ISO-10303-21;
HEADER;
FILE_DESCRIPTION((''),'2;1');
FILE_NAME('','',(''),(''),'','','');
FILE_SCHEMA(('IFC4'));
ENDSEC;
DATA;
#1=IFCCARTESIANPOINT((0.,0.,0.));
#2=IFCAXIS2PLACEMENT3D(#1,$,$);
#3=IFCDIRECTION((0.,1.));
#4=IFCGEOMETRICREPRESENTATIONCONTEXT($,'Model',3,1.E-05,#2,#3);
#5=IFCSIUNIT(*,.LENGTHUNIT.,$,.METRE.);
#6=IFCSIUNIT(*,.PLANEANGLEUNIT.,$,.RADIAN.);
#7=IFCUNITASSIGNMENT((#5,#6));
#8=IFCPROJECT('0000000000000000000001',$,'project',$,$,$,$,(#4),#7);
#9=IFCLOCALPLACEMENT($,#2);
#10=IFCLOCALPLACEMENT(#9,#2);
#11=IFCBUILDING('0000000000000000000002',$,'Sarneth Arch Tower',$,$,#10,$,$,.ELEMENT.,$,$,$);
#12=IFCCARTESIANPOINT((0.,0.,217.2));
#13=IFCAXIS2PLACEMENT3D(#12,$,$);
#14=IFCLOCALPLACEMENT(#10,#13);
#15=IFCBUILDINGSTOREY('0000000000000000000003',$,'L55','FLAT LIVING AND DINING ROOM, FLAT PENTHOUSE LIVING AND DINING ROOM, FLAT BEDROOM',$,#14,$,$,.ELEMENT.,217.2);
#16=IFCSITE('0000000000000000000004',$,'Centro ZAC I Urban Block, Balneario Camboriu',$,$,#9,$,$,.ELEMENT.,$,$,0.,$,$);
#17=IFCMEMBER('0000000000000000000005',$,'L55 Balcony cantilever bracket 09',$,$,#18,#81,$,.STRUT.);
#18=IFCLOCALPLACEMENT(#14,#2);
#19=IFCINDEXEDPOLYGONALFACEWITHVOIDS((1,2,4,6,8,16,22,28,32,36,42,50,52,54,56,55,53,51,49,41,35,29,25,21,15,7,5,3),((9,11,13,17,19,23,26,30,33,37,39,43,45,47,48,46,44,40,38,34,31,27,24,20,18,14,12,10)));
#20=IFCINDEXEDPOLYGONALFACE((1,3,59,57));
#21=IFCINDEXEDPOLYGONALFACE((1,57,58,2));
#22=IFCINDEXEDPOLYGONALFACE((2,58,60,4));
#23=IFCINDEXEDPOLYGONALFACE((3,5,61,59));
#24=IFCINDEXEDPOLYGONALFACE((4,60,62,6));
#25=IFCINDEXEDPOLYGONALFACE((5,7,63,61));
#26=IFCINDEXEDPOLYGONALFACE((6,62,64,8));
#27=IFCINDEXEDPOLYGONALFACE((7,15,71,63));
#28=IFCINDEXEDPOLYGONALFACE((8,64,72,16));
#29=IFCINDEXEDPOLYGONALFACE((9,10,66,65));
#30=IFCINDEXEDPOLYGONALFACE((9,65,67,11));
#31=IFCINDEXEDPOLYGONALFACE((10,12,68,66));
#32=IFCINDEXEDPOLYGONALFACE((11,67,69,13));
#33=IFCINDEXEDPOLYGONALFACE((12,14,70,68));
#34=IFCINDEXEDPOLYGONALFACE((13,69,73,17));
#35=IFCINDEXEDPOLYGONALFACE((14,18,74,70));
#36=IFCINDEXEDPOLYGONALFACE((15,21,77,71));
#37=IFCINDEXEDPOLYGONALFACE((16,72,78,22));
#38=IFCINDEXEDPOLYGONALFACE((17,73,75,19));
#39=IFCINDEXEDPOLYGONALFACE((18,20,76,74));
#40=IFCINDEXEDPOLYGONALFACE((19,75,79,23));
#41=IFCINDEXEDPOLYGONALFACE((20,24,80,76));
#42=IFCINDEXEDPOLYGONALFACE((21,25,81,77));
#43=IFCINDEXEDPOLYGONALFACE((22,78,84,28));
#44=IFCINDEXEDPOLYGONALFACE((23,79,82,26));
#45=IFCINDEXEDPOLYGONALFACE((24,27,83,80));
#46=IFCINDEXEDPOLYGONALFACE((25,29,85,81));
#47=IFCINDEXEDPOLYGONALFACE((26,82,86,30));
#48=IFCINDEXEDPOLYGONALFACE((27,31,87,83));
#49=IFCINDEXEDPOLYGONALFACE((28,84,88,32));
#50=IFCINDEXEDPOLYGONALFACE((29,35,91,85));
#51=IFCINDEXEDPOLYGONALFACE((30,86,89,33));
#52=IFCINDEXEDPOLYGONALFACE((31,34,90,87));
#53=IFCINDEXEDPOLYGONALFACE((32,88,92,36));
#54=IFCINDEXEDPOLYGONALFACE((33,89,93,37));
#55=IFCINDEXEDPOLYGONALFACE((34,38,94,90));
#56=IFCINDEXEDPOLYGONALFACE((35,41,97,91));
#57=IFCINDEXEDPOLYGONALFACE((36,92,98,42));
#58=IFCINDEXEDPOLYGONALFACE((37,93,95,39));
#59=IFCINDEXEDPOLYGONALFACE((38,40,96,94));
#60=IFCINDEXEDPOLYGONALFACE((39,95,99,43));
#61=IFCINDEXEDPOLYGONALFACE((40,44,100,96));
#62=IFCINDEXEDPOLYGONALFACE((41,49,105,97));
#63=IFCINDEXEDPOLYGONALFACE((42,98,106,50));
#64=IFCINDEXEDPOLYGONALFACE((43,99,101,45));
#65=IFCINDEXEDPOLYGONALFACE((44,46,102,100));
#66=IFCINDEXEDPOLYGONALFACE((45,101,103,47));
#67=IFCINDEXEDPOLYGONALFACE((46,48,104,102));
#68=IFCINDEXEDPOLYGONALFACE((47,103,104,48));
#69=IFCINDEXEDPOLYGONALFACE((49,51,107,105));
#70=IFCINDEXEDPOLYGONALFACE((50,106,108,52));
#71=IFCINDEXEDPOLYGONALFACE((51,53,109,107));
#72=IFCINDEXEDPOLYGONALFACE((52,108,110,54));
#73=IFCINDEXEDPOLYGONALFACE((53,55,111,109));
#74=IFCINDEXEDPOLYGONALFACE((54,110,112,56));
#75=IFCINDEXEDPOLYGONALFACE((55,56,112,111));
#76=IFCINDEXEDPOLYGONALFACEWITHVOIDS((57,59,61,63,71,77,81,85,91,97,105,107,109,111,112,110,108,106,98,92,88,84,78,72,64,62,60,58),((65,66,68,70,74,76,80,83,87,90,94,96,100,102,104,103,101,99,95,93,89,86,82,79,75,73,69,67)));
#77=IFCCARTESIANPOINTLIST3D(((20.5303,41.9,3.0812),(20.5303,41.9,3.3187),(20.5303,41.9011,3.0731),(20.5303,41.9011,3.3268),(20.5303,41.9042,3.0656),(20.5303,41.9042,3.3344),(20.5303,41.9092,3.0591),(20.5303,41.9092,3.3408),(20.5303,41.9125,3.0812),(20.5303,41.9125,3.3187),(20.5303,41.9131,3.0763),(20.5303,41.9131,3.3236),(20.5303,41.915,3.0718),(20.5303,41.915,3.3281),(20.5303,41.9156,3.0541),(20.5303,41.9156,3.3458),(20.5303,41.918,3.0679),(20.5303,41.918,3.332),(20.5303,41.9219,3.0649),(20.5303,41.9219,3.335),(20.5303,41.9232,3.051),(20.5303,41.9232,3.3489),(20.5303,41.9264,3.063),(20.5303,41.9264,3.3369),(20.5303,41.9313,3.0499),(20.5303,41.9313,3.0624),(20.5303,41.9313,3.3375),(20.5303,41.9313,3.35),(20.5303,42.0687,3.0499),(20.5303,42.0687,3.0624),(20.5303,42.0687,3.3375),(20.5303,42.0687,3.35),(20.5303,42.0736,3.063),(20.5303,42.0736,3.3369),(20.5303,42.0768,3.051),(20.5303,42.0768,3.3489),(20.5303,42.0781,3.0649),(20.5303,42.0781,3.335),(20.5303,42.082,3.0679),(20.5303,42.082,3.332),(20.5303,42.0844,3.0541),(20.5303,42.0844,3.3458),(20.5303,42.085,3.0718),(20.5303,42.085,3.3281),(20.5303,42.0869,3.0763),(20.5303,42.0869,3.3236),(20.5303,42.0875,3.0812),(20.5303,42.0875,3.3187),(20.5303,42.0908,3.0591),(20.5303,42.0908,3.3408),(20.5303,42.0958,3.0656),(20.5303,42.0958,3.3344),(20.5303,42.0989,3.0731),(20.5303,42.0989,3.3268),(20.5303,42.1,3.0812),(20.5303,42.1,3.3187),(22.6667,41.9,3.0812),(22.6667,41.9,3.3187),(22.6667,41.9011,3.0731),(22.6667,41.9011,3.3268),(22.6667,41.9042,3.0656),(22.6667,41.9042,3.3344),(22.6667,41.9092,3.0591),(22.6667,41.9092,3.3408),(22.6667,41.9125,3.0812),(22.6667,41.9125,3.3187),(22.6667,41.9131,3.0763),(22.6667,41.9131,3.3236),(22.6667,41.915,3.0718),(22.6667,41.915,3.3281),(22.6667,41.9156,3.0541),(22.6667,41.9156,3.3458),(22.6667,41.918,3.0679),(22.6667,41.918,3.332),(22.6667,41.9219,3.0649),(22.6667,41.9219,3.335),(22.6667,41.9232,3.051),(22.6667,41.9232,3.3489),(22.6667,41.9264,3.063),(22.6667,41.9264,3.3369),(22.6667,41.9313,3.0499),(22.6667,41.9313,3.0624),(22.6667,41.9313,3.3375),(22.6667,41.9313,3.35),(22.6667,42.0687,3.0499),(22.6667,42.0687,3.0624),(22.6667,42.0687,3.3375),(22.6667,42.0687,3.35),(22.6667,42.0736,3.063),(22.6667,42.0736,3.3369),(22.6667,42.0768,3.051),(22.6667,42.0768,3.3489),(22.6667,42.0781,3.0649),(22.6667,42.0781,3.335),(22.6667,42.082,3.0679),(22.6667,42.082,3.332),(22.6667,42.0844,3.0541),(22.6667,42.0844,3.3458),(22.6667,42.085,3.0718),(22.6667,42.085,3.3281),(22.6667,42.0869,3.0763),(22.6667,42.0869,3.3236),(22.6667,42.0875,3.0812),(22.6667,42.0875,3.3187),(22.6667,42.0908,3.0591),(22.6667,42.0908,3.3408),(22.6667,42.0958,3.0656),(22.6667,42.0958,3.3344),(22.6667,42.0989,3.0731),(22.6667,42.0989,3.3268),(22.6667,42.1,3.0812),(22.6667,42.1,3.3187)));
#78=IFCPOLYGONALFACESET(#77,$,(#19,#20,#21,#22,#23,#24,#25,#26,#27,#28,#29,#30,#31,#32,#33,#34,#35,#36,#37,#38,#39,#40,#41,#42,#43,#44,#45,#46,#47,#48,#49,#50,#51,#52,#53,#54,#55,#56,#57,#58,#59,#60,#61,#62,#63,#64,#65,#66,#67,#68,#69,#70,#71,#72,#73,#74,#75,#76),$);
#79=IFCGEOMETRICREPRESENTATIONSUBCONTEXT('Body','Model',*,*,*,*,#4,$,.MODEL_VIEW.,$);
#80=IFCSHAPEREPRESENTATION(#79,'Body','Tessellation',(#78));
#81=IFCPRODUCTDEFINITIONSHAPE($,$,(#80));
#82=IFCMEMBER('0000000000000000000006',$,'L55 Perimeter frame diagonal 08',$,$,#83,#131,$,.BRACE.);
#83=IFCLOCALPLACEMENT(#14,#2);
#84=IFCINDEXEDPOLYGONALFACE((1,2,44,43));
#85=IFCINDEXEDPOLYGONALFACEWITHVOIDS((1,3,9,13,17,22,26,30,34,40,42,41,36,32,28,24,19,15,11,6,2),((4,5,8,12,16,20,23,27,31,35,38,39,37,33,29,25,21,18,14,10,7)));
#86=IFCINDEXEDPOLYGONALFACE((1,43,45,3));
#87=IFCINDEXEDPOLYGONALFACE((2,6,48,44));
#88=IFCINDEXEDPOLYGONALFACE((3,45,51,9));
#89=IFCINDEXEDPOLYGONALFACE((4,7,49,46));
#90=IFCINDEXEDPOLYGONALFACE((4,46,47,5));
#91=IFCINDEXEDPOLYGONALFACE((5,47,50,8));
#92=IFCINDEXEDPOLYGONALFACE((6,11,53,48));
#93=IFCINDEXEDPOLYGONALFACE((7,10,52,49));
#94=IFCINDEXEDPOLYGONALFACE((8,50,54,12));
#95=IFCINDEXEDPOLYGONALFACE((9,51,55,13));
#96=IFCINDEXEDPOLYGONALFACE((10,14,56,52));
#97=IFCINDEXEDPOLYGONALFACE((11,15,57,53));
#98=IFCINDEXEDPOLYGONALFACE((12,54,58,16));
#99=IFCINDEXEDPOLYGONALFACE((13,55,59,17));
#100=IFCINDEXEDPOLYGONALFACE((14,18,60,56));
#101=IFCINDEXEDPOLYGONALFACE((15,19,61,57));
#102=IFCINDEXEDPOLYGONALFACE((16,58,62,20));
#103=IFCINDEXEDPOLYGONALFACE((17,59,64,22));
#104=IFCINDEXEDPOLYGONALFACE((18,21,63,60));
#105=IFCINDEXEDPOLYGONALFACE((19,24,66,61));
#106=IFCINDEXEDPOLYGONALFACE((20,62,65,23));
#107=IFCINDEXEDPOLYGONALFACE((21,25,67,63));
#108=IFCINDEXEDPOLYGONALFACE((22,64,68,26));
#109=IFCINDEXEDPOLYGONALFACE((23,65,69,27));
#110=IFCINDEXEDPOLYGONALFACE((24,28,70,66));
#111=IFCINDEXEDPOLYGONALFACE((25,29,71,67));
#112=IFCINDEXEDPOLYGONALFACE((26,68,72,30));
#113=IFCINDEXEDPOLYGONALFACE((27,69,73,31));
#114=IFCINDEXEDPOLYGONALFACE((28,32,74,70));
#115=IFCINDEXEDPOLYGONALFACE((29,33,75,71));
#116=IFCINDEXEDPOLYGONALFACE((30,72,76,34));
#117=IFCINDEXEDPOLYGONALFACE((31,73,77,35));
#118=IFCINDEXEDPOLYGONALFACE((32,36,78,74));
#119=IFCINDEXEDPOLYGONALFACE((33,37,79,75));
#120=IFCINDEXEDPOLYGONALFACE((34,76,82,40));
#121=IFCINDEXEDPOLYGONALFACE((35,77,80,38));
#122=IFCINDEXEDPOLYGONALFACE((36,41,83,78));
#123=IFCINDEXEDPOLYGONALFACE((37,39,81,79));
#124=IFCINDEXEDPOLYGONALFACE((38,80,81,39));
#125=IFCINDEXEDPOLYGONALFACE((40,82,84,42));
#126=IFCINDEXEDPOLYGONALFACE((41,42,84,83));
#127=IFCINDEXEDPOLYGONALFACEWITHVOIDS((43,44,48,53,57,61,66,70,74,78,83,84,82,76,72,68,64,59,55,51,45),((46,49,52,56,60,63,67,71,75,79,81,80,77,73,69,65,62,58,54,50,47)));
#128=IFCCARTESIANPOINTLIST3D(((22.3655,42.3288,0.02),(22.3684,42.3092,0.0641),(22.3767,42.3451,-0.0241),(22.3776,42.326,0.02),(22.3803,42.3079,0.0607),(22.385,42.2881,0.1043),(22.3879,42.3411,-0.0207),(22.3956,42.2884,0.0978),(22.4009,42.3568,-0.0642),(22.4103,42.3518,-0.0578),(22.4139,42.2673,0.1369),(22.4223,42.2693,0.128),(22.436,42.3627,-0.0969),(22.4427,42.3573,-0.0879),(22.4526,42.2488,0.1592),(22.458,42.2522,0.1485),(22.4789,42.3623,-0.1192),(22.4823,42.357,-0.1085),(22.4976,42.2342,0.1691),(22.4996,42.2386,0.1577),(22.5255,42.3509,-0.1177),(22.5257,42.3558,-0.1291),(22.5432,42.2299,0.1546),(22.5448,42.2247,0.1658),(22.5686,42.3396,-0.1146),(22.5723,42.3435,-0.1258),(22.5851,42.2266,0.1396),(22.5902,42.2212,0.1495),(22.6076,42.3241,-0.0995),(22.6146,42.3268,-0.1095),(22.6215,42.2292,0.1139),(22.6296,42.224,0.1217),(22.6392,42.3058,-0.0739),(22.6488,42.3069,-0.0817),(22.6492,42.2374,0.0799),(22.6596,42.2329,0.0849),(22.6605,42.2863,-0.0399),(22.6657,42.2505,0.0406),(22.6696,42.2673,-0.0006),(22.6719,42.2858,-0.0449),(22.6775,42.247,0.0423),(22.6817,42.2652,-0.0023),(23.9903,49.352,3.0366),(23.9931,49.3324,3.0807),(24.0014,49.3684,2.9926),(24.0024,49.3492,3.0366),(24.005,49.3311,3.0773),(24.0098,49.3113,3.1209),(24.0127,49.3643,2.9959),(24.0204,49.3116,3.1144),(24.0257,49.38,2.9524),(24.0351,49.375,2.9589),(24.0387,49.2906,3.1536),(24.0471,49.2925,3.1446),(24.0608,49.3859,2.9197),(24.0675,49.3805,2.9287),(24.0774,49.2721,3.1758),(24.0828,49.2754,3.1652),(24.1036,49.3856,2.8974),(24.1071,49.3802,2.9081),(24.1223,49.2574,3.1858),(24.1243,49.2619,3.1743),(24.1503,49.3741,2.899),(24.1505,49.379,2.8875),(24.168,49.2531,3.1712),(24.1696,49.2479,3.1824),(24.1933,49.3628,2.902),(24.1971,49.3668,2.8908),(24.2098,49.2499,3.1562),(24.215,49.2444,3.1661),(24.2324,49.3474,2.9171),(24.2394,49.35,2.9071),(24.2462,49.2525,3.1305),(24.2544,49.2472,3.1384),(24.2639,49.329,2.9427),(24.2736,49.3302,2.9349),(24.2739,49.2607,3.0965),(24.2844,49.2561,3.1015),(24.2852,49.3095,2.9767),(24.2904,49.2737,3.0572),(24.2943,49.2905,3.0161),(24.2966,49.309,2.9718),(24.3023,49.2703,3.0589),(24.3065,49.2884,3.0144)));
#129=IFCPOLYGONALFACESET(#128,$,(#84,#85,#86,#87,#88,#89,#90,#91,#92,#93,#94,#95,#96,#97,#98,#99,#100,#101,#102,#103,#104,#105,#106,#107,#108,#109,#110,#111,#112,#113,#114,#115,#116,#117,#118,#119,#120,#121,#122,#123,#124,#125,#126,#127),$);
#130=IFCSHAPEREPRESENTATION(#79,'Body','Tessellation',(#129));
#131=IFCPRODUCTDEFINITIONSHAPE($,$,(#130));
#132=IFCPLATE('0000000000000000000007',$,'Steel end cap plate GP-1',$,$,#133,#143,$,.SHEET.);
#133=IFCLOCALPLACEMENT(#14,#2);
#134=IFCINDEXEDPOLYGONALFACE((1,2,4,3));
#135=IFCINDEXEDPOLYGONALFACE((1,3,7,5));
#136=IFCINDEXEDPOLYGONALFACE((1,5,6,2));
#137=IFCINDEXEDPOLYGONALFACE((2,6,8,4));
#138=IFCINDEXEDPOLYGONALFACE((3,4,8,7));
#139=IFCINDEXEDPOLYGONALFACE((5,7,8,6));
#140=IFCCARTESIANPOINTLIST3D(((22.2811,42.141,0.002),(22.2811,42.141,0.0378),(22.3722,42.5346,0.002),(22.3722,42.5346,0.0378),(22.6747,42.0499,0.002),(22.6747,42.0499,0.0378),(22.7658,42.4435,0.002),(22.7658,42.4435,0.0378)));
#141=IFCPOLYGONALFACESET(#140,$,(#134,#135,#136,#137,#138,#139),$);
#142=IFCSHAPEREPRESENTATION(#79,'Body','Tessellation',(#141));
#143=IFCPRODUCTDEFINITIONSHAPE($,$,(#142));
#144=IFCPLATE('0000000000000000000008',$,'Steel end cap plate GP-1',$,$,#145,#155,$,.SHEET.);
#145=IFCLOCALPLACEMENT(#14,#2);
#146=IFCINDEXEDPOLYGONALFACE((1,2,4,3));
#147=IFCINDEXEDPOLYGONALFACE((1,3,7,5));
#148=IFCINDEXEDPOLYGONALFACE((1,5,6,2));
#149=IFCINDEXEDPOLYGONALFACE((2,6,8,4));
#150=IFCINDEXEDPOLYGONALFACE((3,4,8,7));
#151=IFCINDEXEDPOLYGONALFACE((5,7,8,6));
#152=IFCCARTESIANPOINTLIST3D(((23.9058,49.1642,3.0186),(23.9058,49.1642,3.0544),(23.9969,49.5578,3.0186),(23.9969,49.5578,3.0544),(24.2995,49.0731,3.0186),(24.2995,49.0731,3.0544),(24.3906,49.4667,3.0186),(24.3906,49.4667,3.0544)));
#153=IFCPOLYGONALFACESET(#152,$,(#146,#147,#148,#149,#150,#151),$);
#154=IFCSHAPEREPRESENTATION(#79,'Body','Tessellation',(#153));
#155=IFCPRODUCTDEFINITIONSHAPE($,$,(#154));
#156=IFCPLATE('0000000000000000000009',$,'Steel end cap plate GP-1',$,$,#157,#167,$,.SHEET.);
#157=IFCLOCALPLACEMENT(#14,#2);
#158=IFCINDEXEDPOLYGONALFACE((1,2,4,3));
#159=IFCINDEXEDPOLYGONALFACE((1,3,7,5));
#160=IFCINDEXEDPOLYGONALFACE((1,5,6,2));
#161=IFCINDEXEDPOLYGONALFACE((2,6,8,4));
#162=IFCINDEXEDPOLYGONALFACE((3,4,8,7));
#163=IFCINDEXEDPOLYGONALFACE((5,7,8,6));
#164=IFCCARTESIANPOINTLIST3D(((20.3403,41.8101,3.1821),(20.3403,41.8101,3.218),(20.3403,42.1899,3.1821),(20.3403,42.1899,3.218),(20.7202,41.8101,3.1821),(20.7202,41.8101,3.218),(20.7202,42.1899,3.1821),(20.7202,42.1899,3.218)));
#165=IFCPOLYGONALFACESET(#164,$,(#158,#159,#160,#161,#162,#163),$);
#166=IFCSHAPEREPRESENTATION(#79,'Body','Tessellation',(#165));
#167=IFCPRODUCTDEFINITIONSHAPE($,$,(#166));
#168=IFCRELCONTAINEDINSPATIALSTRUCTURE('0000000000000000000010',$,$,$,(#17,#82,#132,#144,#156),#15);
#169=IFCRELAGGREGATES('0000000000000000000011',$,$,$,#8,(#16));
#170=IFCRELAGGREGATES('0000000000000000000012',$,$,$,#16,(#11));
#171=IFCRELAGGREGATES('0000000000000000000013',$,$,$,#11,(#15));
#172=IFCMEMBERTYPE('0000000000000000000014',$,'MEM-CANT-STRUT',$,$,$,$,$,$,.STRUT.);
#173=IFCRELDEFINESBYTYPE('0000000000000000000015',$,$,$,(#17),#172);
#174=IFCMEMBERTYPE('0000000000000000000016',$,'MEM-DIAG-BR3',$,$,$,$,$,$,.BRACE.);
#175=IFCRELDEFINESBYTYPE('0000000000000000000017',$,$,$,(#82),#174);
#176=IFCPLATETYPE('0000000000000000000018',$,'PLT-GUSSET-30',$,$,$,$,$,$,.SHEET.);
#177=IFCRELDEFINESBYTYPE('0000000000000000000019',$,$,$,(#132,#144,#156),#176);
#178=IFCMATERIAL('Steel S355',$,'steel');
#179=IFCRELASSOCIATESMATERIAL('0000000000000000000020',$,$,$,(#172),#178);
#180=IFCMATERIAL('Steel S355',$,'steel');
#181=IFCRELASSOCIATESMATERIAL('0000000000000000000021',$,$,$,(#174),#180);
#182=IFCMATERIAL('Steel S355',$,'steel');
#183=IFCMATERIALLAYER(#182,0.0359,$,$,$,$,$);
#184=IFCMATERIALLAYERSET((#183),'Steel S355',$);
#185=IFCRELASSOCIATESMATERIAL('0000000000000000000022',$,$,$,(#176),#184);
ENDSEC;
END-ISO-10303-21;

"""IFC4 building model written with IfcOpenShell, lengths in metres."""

from ifc_helpers import new_model, si_unit, direction, frame, origin, origin_2d, place, context, subcontext, project, spatial, rectangle, hollow_rectangle, hollow_circle, extrude, material, layer, layer_set, material_profile, profile_set, type_object, element, save


model = new_model("IFC4")

# Units and contexts
model_context = context("Model", 3, precision=1e-05, world=origin(), true_north=direction((0.0, 1.0)))
body_context = subcontext(model_context, "Body", "Model", "MODEL_VIEW")
ifc_project = project(units=[si_unit("LENGTHUNIT", "METRE"), si_unit("PLANEANGLEUNIT", "RADIAN")], contexts=[model_context])

# Site, building, storey
site_placement = place(None, origin())
site = spatial("IfcSite", under=ifc_project, at=site_placement, Name="Centro ZAC I Urban Block, Balneario Camboriu", CompositionType="ELEMENT", RefElevation=0.0)
building_placement = place(site_placement, origin())
building = spatial("IfcBuilding", under=site, at=building_placement, Name="Sarneth Arch Tower", CompositionType="ELEMENT")
storey_placement = place(building_placement, frame((0.0, 0.0, 217.2)))
storey = spatial("IfcBuildingStorey", under=building, at=storey_placement, Name="L55", Description="FLAT LIVING AND DINING ROOM, FLAT PENTHOUSE LIVING AND DINING ROOM, FLAT BEDROOM", CompositionType="ELEMENT", Elevation=217.2)

# Members
ifc_material_1 = material(Name="Steel S355", Category="steel")
ifc_material_profile_1 = material_profile(ifc_material_1, hollow_rectangle(XDim=0.2, YDim=0.3, WallThickness=0.0125, InnerFilletRadius=0.0188, OuterFilletRadius=0.0312, at=origin_2d()), Name="RHS300x200x12.5")
ifc_profile_set_1 = profile_set([ifc_material_profile_1], Name="Steel S355")
member_type_1 = type_object("IfcMemberType", Name="MEM-CANT-STRUT", PredefinedType="STRUT", material=ifc_profile_set_1)
member_1_placement = place(storey_placement, frame((22.6667, 42.0, 3.2), z_axis=(-1.0, 0.0, 0.0), x_axis=(0.0, -1.0, 0.0)))
element("IfcMember", 1, at=member_1_placement, inside=storey, type_object=member_type_1, Name="L55 Balcony cantilever bracket 09", PredefinedType="STRUT", context=body_context, shape_type="SweptSolid", body=[
    extrude(hollow_rectangle(XDim=0.2, YDim=0.3, WallThickness=0.0125, InnerFilletRadius=0.0188, OuterFilletRadius=0.0312, at=origin_2d()), origin(), (0.0, 0.0, 1.0), 2.1365),
])
ifc_material_2 = material(Name="Steel S355", Category="steel")
ifc_material_profile_2 = material_profile(ifc_material_2, hollow_circle(Radius=0.1621, WallThickness=0.0125, at=origin_2d()), Name="CHS324x12.5")
ifc_profile_set_2 = profile_set([ifc_material_profile_2], Name="Steel S355")
member_type_2 = type_object("IfcMemberType", Name="MEM-DIAG-BR3", PredefinedType="BRACE", material=ifc_profile_set_2)
member_2_placement = place(storey_placement, frame((22.5234, 42.2922, 0.02), z_axis=(0.207918, 0.898749, 0.386031), x_axis=(-0.974269, 0.225389, 0.0)))
element("IfcMember", 2, at=member_2_placement, inside=storey, type_object=member_type_2, Name="L55 Perimeter frame diagonal 08", PredefinedType="BRACE", context=body_context, shape_type="SweptSolid", body=[
    extrude(hollow_circle(Radius=0.1621, WallThickness=0.0125, at=origin_2d()), origin(), (0.0, 0.0, 1.0), 7.8145),
])

# Plates
ifc_material_3 = material(Name="Steel S355", Category="steel")
ifc_layer_1 = layer(ifc_material_3, 0.0359)
ifc_layer_set_1 = layer_set([ifc_layer_1], Name="Steel S355")
plate_type = type_object("IfcPlateType", Name="PLT-GUSSET-30", PredefinedType="SHEET", material=ifc_layer_set_1)
for number, where, z_axis, x_axis, name in (
    (3, (22.5234, 42.2922, 0.002), (0.0, 0.0, 1.0), (-0.225461, -0.974252, 0.0), "Steel end cap plate GP-1"),
    (4, (24.1482, 49.3154, 3.0186), (0.0, 0.0, 1.0), (-0.225461, -0.974252, 0.0), "Steel end cap plate GP-1"),
):
    element("IfcPlate", number, at=place(storey_placement, frame(where, z_axis=z_axis, x_axis=x_axis)), inside=storey, type_object=plate_type, Name=name, PredefinedType="SHEET", context=body_context, shape_type="SweptSolid", body=[
        extrude(rectangle(XDim=0.4041, YDim=0.4041, at=origin_2d()), origin(), (0.0, 0.0, 1.0), 0.0359),
    ])
plate_placement = place(storey_placement, frame((20.5303, 42.0, 3.1821), z_axis=(0.0, 0.0, 1.0), x_axis=(-1.0, 0.0, 0.0)))
element("IfcPlate", 5, at=plate_placement, inside=storey, type_object=plate_type, Name="Steel end cap plate GP-1", PredefinedType="SHEET", context=body_context, shape_type="SweptSolid", body=[
    extrude(rectangle(XDim=0.3799, YDim=0.3799, at=origin_2d()), origin(), (0.0, 0.0, 1.0), 0.0359),
])

save(model, "model.ifc")
